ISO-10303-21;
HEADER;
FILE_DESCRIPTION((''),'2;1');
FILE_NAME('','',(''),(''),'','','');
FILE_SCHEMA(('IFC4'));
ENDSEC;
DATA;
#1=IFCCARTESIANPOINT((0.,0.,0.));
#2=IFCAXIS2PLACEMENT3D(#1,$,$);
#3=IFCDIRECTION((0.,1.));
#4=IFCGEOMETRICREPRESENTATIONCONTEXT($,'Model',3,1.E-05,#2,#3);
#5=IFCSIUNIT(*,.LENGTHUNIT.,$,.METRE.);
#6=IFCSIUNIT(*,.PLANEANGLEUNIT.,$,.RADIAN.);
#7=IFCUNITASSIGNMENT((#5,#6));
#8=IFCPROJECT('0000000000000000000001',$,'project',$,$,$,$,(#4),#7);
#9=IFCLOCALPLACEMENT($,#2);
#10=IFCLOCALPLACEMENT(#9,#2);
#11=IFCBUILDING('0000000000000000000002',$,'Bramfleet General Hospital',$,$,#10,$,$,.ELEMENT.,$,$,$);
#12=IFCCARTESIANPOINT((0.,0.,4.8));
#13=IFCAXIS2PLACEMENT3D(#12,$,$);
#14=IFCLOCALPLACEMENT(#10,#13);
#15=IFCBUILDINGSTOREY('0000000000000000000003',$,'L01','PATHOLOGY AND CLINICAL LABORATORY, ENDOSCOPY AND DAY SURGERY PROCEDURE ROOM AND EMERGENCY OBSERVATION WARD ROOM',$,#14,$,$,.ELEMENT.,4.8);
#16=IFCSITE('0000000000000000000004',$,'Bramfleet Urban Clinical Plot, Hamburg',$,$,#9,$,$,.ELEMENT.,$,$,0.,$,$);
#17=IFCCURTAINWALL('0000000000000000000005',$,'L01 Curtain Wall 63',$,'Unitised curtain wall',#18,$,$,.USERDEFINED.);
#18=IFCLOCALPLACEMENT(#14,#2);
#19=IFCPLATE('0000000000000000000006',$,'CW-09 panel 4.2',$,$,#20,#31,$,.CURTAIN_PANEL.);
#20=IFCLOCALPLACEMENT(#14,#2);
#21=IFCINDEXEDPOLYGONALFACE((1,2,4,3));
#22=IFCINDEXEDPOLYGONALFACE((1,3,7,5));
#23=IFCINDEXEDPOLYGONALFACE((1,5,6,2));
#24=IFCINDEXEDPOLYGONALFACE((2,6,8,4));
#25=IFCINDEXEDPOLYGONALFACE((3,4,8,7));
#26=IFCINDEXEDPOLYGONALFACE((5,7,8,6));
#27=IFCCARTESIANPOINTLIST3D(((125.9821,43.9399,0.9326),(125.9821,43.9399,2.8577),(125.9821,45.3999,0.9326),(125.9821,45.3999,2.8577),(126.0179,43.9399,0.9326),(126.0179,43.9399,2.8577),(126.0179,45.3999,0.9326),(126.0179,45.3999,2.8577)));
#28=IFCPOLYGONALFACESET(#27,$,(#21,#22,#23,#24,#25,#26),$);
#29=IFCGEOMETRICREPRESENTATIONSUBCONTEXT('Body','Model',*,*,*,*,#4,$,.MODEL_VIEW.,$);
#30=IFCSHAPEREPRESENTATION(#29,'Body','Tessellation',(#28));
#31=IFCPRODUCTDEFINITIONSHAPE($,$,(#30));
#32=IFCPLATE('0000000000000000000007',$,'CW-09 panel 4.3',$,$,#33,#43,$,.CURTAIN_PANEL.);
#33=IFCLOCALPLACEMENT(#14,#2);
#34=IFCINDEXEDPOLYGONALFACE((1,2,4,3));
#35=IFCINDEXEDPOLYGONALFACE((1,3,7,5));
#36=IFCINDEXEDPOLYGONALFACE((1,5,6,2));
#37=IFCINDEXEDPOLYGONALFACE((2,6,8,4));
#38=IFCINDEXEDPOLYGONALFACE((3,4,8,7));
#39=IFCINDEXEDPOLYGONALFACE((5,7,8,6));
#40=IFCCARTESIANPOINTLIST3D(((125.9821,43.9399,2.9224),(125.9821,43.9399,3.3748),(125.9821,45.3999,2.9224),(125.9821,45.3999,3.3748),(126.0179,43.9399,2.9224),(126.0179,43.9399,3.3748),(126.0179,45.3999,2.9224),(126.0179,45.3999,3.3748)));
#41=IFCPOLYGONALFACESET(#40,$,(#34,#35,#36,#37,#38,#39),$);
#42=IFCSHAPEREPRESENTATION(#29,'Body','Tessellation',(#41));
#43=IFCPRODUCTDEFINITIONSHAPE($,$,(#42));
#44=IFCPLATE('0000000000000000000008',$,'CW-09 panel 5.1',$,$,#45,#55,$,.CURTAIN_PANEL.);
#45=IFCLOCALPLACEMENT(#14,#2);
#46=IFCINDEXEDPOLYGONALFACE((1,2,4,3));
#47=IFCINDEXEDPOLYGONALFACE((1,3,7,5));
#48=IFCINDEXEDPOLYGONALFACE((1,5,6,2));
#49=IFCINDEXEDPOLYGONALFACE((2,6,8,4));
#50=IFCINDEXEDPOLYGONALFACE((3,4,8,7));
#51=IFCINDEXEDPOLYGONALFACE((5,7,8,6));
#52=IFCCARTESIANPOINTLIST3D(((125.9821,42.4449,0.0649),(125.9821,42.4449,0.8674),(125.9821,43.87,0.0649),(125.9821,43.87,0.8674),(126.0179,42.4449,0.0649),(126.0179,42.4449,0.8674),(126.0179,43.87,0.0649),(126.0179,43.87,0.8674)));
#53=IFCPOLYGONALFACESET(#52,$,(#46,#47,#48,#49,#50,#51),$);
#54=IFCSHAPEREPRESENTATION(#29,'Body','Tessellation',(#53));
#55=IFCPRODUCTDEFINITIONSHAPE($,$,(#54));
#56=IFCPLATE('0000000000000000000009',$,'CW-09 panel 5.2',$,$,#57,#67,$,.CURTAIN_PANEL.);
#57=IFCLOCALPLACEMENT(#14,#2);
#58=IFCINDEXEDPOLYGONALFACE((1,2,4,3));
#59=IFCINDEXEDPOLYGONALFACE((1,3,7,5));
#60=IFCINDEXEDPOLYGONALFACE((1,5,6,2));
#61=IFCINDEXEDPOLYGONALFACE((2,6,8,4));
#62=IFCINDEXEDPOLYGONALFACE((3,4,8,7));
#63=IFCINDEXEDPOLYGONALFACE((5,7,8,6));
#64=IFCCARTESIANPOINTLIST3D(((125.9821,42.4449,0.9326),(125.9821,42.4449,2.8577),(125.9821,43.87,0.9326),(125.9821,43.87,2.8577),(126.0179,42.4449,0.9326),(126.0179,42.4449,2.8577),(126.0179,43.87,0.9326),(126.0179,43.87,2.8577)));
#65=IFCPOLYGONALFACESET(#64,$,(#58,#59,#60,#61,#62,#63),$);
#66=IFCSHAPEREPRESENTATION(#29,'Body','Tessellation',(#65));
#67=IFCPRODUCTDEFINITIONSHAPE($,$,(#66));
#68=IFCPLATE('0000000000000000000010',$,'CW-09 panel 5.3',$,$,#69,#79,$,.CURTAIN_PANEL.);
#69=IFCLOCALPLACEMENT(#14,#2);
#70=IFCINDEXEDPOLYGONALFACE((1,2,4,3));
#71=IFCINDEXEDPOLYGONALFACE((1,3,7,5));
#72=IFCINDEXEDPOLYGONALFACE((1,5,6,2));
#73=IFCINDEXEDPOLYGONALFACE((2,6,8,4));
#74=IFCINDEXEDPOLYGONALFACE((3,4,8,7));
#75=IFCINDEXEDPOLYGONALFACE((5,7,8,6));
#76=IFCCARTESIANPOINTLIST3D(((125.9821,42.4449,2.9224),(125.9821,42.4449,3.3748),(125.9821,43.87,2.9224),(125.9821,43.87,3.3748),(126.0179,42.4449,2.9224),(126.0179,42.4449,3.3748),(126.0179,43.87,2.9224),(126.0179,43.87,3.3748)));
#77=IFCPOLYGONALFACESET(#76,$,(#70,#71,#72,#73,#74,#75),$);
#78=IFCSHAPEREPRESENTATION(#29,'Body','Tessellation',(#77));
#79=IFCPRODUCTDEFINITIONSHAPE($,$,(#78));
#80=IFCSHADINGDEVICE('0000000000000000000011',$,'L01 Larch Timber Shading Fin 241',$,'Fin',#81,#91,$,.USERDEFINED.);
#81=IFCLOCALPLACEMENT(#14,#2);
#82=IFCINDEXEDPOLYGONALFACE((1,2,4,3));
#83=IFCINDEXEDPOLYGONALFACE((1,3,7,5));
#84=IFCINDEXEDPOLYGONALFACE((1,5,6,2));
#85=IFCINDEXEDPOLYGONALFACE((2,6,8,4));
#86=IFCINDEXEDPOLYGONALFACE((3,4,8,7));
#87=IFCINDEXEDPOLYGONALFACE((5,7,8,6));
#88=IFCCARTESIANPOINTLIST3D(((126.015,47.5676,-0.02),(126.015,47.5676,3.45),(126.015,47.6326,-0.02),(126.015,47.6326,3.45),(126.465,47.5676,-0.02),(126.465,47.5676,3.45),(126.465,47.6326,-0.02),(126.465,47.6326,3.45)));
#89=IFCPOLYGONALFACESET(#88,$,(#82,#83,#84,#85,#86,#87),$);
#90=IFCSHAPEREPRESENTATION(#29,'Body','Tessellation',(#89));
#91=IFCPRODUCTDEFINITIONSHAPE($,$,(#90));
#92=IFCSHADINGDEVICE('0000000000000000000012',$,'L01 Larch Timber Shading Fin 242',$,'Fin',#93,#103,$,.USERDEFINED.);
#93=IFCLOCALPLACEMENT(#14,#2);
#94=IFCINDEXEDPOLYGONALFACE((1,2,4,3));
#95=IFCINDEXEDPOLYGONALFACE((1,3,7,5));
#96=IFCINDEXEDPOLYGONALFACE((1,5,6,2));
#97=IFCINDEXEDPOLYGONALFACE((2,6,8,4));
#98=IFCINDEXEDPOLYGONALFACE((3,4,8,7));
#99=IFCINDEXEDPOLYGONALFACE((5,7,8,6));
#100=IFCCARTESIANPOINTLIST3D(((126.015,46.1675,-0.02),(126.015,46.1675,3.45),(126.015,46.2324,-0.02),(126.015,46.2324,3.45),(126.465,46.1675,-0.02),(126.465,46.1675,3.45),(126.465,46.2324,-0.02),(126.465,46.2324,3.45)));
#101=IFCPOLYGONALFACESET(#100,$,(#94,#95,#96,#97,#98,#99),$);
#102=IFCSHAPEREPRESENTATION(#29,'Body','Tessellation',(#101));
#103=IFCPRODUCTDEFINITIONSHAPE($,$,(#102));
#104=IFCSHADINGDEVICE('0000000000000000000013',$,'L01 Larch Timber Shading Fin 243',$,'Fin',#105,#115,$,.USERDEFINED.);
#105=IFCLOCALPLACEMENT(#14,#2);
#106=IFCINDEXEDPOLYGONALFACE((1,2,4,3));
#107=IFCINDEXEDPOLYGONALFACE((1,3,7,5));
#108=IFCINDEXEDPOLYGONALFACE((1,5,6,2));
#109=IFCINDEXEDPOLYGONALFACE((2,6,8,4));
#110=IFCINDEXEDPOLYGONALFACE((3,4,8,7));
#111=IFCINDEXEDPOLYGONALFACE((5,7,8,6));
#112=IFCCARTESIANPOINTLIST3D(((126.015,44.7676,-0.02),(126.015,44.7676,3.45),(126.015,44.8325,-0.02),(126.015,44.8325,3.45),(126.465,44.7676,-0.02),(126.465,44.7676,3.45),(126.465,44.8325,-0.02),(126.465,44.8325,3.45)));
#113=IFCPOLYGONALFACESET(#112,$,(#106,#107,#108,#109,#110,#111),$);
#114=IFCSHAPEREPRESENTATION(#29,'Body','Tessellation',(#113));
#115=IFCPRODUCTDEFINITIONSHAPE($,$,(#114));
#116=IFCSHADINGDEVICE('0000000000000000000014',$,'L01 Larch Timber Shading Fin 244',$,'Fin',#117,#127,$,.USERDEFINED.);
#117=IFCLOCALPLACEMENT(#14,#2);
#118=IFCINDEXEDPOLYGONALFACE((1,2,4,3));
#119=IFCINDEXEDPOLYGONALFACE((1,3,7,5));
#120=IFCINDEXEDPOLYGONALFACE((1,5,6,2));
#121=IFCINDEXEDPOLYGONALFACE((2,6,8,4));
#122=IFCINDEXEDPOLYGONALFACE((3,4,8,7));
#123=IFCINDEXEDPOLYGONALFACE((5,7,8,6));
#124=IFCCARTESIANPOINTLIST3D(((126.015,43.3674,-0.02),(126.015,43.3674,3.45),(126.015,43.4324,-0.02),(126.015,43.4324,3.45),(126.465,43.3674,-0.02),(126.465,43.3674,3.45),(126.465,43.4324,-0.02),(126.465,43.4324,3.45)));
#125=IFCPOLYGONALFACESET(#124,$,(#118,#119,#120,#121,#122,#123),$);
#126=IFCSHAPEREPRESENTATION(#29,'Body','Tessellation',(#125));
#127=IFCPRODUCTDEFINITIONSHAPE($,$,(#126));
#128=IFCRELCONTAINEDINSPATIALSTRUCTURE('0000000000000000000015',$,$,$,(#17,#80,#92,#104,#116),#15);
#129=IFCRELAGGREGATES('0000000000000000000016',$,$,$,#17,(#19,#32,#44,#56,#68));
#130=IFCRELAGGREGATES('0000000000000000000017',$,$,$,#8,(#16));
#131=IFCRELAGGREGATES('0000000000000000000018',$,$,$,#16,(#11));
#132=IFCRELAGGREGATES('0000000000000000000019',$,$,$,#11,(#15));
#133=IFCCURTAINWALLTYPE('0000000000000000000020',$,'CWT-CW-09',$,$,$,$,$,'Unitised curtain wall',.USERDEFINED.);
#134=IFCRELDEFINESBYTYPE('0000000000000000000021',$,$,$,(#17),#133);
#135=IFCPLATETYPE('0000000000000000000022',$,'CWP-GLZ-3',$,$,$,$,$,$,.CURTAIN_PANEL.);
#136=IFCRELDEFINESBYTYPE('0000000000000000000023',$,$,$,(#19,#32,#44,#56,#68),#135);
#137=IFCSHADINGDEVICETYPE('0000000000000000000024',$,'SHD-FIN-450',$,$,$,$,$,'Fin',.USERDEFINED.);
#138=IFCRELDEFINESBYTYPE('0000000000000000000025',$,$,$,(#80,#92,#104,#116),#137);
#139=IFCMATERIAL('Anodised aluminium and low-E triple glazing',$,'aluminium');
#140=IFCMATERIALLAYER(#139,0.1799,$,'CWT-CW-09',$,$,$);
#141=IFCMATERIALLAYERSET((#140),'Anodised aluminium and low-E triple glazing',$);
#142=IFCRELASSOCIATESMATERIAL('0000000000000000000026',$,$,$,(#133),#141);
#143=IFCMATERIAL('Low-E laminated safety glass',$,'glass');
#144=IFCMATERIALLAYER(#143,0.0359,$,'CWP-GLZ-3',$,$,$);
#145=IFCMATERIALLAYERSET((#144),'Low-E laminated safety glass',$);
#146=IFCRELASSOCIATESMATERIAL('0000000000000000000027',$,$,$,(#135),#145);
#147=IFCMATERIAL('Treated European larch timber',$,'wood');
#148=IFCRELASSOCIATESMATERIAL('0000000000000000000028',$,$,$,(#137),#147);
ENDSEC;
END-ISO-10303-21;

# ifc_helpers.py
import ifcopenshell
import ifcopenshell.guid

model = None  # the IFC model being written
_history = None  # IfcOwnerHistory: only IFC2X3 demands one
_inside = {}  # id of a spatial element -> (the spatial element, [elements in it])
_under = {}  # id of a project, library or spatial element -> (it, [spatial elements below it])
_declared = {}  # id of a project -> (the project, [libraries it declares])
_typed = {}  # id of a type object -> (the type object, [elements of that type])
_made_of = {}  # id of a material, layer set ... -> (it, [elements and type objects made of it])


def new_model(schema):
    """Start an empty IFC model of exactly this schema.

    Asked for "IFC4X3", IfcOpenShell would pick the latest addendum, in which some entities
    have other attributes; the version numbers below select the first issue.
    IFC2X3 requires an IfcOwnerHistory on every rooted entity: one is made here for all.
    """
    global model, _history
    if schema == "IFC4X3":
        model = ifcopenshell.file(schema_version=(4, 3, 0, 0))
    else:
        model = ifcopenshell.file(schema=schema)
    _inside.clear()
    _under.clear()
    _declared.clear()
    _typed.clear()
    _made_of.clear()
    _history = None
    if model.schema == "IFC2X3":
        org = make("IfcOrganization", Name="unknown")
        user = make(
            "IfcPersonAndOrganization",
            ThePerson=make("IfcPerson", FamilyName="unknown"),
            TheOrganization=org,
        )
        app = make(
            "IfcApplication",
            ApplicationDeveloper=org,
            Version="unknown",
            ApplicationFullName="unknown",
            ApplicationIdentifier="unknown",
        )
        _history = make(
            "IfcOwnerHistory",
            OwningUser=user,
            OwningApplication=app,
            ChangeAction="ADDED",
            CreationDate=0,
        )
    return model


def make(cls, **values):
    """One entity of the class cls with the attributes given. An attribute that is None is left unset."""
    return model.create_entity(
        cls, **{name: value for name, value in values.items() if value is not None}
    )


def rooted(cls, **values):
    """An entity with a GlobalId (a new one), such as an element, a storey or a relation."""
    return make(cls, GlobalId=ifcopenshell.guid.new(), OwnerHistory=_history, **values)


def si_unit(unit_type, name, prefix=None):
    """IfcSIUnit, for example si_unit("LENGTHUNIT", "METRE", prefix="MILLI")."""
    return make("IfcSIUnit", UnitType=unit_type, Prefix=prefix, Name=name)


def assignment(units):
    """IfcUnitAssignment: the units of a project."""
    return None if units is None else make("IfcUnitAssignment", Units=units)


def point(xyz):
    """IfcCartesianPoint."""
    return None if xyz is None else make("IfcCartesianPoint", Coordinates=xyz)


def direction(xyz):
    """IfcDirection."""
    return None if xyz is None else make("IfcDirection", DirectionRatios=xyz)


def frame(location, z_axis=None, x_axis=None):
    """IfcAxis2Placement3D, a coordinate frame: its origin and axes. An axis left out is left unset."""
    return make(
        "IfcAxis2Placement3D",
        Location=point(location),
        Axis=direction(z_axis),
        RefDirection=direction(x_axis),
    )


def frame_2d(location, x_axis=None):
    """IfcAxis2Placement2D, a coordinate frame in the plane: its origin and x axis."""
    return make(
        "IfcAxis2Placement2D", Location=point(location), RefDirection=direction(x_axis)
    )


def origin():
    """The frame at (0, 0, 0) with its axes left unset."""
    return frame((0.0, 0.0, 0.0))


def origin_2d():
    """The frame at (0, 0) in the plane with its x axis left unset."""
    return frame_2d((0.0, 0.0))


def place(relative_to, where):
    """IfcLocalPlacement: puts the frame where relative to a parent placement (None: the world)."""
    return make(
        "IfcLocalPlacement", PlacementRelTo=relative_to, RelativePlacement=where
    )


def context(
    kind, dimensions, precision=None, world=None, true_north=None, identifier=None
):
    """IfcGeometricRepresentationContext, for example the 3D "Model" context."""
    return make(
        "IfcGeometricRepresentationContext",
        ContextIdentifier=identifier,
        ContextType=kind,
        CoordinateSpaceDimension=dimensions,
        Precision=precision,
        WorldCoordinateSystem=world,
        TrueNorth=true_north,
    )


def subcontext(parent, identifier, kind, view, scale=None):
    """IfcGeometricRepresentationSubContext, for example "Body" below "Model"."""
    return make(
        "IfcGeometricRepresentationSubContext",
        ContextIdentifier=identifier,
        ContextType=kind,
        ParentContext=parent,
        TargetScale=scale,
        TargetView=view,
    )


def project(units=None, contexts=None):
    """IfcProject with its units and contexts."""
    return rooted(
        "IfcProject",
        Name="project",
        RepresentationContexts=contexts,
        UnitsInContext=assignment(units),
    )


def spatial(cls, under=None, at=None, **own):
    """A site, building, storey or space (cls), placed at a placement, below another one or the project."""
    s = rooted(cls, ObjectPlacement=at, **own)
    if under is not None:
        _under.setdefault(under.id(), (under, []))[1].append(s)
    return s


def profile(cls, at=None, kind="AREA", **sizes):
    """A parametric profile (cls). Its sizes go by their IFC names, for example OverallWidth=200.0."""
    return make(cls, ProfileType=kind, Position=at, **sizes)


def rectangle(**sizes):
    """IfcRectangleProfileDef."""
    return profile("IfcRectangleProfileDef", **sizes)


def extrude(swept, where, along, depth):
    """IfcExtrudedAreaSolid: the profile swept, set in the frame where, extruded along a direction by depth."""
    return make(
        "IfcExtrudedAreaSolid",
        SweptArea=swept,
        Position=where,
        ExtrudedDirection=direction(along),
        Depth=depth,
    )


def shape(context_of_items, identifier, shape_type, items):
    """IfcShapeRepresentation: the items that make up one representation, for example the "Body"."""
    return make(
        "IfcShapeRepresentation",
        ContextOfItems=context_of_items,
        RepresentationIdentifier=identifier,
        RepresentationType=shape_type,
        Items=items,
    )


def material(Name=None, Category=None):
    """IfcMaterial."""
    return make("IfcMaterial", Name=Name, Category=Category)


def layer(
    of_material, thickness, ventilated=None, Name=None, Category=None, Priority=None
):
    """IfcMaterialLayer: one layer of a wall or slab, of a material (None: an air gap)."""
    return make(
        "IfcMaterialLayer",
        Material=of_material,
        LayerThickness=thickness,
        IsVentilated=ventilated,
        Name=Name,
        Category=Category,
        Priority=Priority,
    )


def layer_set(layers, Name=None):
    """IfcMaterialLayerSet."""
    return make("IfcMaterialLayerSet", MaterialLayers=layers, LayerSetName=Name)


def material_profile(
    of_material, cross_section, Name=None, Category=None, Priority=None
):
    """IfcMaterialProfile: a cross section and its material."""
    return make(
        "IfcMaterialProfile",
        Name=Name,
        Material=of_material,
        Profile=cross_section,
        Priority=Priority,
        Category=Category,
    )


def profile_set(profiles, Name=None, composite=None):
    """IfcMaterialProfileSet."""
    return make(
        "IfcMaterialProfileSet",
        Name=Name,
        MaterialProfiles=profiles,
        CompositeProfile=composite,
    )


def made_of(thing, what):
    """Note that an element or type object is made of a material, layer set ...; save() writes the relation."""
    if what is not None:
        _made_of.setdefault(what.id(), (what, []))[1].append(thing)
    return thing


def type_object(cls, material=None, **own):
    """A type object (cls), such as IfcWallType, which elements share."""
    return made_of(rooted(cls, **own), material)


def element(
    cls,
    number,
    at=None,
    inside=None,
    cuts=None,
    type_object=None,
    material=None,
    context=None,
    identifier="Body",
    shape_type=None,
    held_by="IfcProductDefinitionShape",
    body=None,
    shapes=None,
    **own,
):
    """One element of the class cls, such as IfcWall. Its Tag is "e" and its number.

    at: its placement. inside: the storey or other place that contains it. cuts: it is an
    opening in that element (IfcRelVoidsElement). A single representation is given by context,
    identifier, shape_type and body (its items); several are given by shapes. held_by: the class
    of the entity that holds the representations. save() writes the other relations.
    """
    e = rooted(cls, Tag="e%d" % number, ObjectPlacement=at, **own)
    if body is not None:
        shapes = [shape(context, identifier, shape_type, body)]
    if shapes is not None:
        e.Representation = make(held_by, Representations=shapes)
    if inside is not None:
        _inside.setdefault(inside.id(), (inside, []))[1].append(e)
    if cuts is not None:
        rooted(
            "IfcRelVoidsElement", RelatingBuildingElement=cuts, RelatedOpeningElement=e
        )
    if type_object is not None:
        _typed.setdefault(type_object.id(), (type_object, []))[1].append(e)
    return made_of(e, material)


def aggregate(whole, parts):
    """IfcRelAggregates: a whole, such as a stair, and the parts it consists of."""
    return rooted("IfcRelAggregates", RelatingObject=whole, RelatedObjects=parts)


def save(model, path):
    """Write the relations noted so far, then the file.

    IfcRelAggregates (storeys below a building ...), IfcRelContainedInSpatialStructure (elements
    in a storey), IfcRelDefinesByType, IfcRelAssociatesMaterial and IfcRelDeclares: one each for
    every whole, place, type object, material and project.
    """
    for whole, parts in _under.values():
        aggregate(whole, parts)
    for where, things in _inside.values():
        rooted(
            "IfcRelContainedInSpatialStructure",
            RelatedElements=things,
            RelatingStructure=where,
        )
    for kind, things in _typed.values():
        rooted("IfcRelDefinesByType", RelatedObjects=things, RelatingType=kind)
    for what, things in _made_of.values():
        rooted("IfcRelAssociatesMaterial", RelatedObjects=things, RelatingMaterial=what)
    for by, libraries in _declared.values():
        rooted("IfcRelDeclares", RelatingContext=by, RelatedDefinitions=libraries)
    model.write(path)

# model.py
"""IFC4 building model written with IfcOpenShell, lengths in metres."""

from ifc_helpers import new_model, si_unit, direction, frame, origin, origin_2d, place, context, subcontext, project, spatial, rectangle, extrude, material, layer, layer_set, material_profile, profile_set, type_object, element, aggregate, save


model = new_model("IFC4")

# Units and contexts
model_context = context("Model", 3, precision=1e-05, world=origin(), true_north=direction((0.0, 1.0)))
body_context = subcontext(model_context, "Body", "Model", "MODEL_VIEW")
ifc_project = project(units=[si_unit("LENGTHUNIT", "METRE"), si_unit("PLANEANGLEUNIT", "RADIAN")], contexts=[model_context])

# Site, building, storey
site_placement = place(None, origin())
site = spatial("IfcSite", under=ifc_project, at=site_placement, Name="Bramfleet Urban Clinical Plot, Hamburg", CompositionType="ELEMENT", RefElevation=0.0)
building_placement = place(site_placement, origin())
building = spatial("IfcBuilding", under=site, at=building_placement, Name="Bramfleet General Hospital", CompositionType="ELEMENT")
storey_placement = place(building_placement, frame((0.0, 0.0, 4.8)))
storey = spatial("IfcBuildingStorey", under=building, at=storey_placement, Name="L01", Description="PATHOLOGY AND CLINICAL LABORATORY, ENDOSCOPY AND DAY SURGERY PROCEDURE ROOM AND EMERGENCY OBSERVATION WARD ROOM", CompositionType="ELEMENT", Elevation=4.8)

# Curtain wall, plates
ifc_material_1 = material(Name="Anodised aluminium and low-E triple glazing", Category="aluminium")
ifc_layer_1 = layer(ifc_material_1, 0.1799, Name="CWT-CW-09")
ifc_layer_set_1 = layer_set([ifc_layer_1], Name="Anodised aluminium and low-E triple glazing")
curtain_wall_type = type_object("IfcCurtainWallType", Name="CWT-CW-09", ElementType="Unitised curtain wall", PredefinedType="USERDEFINED", material=ifc_layer_set_1)
curtain_wall_placement = place(storey_placement, origin())
curtain_wall = element("IfcCurtainWall", 1, at=curtain_wall_placement, inside=storey, type_object=curtain_wall_type, Name="L01 Curtain Wall 63", ObjectType="Unitised curtain wall", PredefinedType="USERDEFINED")
ifc_material_2 = material(Name="Low-E laminated safety glass", Category="glass")
ifc_layer_2 = layer(ifc_material_2, 0.0359, Name="CWP-GLZ-3")
ifc_layer_set_2 = layer_set([ifc_layer_2], Name="Low-E laminated safety glass")
plate_type = type_object("IfcPlateType", Name="CWP-GLZ-3", PredefinedType="CURTAIN_PANEL", material=ifc_layer_set_2)
plate_1_placement = place(storey_placement, frame((126.0, 44.6699, 0.9326), z_axis=(0.0, 0.0, 1.0), x_axis=(0.0, -1.0, 0.0)))
plate_1 = element("IfcPlate", 2, at=plate_1_placement, type_object=plate_type, Name="CW-09 panel 4.2", PredefinedType="CURTAIN_PANEL", context=body_context, shape_type="SweptSolid", body=[
    extrude(rectangle(XDim=1.46, YDim=0.0359, at=origin_2d()), origin(), (0.0, 0.0, 1.0), 1.925),
])
plate_2_placement = place(storey_placement, frame((126.0, 44.6699, 2.9224), z_axis=(0.0, 0.0, 1.0), x_axis=(0.0, -1.0, 0.0)))
plate_2 = element("IfcPlate", 3, at=plate_2_placement, type_object=plate_type, Name="CW-09 panel 4.3", PredefinedType="CURTAIN_PANEL", context=body_context, shape_type="SweptSolid", body=[
    extrude(rectangle(XDim=1.46, YDim=0.0359, at=origin_2d()), origin(), (0.0, 0.0, 1.0), 0.4524),
])
plate_3_placement = place(storey_placement, frame((126.0, 43.1575, 0.0649), z_axis=(0.0, 0.0, 1.0), x_axis=(0.0, -1.0, 0.0)))
plate_3 = element("IfcPlate", 4, at=plate_3_placement, type_object=plate_type, Name="CW-09 panel 5.1", PredefinedType="CURTAIN_PANEL", context=body_context, shape_type="SweptSolid", body=[
    extrude(rectangle(XDim=1.425, YDim=0.0359, at=origin_2d()), origin(), (0.0, 0.0, 1.0), 0.8025),
])
plate_4_placement = place(storey_placement, frame((126.0, 43.1575, 0.9326), z_axis=(0.0, 0.0, 1.0), x_axis=(0.0, -1.0, 0.0)))
plate_4 = element("IfcPlate", 5, at=plate_4_placement, type_object=plate_type, Name="CW-09 panel 5.2", PredefinedType="CURTAIN_PANEL", context=body_context, shape_type="SweptSolid", body=[
    extrude(rectangle(XDim=1.425, YDim=0.0359, at=origin_2d()), origin(), (0.0, 0.0, 1.0), 1.925),
])
plate_5_placement = place(storey_placement, frame((126.0, 43.1575, 2.9224), z_axis=(0.0, 0.0, 1.0), x_axis=(0.0, -1.0, 0.0)))
plate_5 = element("IfcPlate", 6, at=plate_5_placement, type_object=plate_type, Name="CW-09 panel 5.3", PredefinedType="CURTAIN_PANEL", context=body_context, shape_type="SweptSolid", body=[
    extrude(rectangle(XDim=1.425, YDim=0.0359, at=origin_2d()), origin(), (0.0, 0.0, 1.0), 0.4524),
])
aggregate(curtain_wall, [plate_1, plate_2, plate_3, plate_4, plate_5])

# Shading devices
ifc_material_3 = material(Name="Treated European larch timber", Category="wood")
ifc_material_profile_1 = material_profile(ifc_material_3, rectangle(XDim=0.0649, YDim=0.45, at=origin_2d()), Name="LARCH FIN 450x65")
ifc_profile_set_1 = profile_set([ifc_material_profile_1], Name="Treated European larch timber")
shading_device_type = type_object("IfcShadingDeviceType", Name="SHD-FIN-450", ElementType="Fin", PredefinedType="USERDEFINED", material=ifc_profile_set_1)
for number, where, z_axis, x_axis, name in (
    (7, (126.24, 47.6001, -0.02), (0.0, 0.0, 1.0), (0.0, -1.0, 0.0), "L01 Larch Timber Shading Fin 241"),
    (8, (126.24, 46.2, -0.02), (0.0, 0.0, 1.0), (0.0, -1.0, 0.0), "L01 Larch Timber Shading Fin 242"),
    (9, (126.24, 44.8, -0.02), (0.0, 0.0, 1.0), (0.0, -1.0, 0.0), "L01 Larch Timber Shading Fin 243"),
    (10, (126.24, 43.3999, -0.02), (0.0, 0.0, 1.0), (0.0, -1.0, 0.0), "L01 Larch Timber Shading Fin 244"),
):
    element("IfcShadingDevice", number, at=place(storey_placement, frame(where, z_axis=z_axis, x_axis=x_axis)), inside=storey, type_object=shading_device_type, Name=name, ObjectType="Fin", PredefinedType="USERDEFINED", context=body_context, shape_type="SweptSolid", body=[
        extrude(rectangle(XDim=0.0649, YDim=0.45, at=origin_2d()), origin(), (0.0, 0.0, 1.0), 3.47),
    ])

save(model, "model.ifc")
